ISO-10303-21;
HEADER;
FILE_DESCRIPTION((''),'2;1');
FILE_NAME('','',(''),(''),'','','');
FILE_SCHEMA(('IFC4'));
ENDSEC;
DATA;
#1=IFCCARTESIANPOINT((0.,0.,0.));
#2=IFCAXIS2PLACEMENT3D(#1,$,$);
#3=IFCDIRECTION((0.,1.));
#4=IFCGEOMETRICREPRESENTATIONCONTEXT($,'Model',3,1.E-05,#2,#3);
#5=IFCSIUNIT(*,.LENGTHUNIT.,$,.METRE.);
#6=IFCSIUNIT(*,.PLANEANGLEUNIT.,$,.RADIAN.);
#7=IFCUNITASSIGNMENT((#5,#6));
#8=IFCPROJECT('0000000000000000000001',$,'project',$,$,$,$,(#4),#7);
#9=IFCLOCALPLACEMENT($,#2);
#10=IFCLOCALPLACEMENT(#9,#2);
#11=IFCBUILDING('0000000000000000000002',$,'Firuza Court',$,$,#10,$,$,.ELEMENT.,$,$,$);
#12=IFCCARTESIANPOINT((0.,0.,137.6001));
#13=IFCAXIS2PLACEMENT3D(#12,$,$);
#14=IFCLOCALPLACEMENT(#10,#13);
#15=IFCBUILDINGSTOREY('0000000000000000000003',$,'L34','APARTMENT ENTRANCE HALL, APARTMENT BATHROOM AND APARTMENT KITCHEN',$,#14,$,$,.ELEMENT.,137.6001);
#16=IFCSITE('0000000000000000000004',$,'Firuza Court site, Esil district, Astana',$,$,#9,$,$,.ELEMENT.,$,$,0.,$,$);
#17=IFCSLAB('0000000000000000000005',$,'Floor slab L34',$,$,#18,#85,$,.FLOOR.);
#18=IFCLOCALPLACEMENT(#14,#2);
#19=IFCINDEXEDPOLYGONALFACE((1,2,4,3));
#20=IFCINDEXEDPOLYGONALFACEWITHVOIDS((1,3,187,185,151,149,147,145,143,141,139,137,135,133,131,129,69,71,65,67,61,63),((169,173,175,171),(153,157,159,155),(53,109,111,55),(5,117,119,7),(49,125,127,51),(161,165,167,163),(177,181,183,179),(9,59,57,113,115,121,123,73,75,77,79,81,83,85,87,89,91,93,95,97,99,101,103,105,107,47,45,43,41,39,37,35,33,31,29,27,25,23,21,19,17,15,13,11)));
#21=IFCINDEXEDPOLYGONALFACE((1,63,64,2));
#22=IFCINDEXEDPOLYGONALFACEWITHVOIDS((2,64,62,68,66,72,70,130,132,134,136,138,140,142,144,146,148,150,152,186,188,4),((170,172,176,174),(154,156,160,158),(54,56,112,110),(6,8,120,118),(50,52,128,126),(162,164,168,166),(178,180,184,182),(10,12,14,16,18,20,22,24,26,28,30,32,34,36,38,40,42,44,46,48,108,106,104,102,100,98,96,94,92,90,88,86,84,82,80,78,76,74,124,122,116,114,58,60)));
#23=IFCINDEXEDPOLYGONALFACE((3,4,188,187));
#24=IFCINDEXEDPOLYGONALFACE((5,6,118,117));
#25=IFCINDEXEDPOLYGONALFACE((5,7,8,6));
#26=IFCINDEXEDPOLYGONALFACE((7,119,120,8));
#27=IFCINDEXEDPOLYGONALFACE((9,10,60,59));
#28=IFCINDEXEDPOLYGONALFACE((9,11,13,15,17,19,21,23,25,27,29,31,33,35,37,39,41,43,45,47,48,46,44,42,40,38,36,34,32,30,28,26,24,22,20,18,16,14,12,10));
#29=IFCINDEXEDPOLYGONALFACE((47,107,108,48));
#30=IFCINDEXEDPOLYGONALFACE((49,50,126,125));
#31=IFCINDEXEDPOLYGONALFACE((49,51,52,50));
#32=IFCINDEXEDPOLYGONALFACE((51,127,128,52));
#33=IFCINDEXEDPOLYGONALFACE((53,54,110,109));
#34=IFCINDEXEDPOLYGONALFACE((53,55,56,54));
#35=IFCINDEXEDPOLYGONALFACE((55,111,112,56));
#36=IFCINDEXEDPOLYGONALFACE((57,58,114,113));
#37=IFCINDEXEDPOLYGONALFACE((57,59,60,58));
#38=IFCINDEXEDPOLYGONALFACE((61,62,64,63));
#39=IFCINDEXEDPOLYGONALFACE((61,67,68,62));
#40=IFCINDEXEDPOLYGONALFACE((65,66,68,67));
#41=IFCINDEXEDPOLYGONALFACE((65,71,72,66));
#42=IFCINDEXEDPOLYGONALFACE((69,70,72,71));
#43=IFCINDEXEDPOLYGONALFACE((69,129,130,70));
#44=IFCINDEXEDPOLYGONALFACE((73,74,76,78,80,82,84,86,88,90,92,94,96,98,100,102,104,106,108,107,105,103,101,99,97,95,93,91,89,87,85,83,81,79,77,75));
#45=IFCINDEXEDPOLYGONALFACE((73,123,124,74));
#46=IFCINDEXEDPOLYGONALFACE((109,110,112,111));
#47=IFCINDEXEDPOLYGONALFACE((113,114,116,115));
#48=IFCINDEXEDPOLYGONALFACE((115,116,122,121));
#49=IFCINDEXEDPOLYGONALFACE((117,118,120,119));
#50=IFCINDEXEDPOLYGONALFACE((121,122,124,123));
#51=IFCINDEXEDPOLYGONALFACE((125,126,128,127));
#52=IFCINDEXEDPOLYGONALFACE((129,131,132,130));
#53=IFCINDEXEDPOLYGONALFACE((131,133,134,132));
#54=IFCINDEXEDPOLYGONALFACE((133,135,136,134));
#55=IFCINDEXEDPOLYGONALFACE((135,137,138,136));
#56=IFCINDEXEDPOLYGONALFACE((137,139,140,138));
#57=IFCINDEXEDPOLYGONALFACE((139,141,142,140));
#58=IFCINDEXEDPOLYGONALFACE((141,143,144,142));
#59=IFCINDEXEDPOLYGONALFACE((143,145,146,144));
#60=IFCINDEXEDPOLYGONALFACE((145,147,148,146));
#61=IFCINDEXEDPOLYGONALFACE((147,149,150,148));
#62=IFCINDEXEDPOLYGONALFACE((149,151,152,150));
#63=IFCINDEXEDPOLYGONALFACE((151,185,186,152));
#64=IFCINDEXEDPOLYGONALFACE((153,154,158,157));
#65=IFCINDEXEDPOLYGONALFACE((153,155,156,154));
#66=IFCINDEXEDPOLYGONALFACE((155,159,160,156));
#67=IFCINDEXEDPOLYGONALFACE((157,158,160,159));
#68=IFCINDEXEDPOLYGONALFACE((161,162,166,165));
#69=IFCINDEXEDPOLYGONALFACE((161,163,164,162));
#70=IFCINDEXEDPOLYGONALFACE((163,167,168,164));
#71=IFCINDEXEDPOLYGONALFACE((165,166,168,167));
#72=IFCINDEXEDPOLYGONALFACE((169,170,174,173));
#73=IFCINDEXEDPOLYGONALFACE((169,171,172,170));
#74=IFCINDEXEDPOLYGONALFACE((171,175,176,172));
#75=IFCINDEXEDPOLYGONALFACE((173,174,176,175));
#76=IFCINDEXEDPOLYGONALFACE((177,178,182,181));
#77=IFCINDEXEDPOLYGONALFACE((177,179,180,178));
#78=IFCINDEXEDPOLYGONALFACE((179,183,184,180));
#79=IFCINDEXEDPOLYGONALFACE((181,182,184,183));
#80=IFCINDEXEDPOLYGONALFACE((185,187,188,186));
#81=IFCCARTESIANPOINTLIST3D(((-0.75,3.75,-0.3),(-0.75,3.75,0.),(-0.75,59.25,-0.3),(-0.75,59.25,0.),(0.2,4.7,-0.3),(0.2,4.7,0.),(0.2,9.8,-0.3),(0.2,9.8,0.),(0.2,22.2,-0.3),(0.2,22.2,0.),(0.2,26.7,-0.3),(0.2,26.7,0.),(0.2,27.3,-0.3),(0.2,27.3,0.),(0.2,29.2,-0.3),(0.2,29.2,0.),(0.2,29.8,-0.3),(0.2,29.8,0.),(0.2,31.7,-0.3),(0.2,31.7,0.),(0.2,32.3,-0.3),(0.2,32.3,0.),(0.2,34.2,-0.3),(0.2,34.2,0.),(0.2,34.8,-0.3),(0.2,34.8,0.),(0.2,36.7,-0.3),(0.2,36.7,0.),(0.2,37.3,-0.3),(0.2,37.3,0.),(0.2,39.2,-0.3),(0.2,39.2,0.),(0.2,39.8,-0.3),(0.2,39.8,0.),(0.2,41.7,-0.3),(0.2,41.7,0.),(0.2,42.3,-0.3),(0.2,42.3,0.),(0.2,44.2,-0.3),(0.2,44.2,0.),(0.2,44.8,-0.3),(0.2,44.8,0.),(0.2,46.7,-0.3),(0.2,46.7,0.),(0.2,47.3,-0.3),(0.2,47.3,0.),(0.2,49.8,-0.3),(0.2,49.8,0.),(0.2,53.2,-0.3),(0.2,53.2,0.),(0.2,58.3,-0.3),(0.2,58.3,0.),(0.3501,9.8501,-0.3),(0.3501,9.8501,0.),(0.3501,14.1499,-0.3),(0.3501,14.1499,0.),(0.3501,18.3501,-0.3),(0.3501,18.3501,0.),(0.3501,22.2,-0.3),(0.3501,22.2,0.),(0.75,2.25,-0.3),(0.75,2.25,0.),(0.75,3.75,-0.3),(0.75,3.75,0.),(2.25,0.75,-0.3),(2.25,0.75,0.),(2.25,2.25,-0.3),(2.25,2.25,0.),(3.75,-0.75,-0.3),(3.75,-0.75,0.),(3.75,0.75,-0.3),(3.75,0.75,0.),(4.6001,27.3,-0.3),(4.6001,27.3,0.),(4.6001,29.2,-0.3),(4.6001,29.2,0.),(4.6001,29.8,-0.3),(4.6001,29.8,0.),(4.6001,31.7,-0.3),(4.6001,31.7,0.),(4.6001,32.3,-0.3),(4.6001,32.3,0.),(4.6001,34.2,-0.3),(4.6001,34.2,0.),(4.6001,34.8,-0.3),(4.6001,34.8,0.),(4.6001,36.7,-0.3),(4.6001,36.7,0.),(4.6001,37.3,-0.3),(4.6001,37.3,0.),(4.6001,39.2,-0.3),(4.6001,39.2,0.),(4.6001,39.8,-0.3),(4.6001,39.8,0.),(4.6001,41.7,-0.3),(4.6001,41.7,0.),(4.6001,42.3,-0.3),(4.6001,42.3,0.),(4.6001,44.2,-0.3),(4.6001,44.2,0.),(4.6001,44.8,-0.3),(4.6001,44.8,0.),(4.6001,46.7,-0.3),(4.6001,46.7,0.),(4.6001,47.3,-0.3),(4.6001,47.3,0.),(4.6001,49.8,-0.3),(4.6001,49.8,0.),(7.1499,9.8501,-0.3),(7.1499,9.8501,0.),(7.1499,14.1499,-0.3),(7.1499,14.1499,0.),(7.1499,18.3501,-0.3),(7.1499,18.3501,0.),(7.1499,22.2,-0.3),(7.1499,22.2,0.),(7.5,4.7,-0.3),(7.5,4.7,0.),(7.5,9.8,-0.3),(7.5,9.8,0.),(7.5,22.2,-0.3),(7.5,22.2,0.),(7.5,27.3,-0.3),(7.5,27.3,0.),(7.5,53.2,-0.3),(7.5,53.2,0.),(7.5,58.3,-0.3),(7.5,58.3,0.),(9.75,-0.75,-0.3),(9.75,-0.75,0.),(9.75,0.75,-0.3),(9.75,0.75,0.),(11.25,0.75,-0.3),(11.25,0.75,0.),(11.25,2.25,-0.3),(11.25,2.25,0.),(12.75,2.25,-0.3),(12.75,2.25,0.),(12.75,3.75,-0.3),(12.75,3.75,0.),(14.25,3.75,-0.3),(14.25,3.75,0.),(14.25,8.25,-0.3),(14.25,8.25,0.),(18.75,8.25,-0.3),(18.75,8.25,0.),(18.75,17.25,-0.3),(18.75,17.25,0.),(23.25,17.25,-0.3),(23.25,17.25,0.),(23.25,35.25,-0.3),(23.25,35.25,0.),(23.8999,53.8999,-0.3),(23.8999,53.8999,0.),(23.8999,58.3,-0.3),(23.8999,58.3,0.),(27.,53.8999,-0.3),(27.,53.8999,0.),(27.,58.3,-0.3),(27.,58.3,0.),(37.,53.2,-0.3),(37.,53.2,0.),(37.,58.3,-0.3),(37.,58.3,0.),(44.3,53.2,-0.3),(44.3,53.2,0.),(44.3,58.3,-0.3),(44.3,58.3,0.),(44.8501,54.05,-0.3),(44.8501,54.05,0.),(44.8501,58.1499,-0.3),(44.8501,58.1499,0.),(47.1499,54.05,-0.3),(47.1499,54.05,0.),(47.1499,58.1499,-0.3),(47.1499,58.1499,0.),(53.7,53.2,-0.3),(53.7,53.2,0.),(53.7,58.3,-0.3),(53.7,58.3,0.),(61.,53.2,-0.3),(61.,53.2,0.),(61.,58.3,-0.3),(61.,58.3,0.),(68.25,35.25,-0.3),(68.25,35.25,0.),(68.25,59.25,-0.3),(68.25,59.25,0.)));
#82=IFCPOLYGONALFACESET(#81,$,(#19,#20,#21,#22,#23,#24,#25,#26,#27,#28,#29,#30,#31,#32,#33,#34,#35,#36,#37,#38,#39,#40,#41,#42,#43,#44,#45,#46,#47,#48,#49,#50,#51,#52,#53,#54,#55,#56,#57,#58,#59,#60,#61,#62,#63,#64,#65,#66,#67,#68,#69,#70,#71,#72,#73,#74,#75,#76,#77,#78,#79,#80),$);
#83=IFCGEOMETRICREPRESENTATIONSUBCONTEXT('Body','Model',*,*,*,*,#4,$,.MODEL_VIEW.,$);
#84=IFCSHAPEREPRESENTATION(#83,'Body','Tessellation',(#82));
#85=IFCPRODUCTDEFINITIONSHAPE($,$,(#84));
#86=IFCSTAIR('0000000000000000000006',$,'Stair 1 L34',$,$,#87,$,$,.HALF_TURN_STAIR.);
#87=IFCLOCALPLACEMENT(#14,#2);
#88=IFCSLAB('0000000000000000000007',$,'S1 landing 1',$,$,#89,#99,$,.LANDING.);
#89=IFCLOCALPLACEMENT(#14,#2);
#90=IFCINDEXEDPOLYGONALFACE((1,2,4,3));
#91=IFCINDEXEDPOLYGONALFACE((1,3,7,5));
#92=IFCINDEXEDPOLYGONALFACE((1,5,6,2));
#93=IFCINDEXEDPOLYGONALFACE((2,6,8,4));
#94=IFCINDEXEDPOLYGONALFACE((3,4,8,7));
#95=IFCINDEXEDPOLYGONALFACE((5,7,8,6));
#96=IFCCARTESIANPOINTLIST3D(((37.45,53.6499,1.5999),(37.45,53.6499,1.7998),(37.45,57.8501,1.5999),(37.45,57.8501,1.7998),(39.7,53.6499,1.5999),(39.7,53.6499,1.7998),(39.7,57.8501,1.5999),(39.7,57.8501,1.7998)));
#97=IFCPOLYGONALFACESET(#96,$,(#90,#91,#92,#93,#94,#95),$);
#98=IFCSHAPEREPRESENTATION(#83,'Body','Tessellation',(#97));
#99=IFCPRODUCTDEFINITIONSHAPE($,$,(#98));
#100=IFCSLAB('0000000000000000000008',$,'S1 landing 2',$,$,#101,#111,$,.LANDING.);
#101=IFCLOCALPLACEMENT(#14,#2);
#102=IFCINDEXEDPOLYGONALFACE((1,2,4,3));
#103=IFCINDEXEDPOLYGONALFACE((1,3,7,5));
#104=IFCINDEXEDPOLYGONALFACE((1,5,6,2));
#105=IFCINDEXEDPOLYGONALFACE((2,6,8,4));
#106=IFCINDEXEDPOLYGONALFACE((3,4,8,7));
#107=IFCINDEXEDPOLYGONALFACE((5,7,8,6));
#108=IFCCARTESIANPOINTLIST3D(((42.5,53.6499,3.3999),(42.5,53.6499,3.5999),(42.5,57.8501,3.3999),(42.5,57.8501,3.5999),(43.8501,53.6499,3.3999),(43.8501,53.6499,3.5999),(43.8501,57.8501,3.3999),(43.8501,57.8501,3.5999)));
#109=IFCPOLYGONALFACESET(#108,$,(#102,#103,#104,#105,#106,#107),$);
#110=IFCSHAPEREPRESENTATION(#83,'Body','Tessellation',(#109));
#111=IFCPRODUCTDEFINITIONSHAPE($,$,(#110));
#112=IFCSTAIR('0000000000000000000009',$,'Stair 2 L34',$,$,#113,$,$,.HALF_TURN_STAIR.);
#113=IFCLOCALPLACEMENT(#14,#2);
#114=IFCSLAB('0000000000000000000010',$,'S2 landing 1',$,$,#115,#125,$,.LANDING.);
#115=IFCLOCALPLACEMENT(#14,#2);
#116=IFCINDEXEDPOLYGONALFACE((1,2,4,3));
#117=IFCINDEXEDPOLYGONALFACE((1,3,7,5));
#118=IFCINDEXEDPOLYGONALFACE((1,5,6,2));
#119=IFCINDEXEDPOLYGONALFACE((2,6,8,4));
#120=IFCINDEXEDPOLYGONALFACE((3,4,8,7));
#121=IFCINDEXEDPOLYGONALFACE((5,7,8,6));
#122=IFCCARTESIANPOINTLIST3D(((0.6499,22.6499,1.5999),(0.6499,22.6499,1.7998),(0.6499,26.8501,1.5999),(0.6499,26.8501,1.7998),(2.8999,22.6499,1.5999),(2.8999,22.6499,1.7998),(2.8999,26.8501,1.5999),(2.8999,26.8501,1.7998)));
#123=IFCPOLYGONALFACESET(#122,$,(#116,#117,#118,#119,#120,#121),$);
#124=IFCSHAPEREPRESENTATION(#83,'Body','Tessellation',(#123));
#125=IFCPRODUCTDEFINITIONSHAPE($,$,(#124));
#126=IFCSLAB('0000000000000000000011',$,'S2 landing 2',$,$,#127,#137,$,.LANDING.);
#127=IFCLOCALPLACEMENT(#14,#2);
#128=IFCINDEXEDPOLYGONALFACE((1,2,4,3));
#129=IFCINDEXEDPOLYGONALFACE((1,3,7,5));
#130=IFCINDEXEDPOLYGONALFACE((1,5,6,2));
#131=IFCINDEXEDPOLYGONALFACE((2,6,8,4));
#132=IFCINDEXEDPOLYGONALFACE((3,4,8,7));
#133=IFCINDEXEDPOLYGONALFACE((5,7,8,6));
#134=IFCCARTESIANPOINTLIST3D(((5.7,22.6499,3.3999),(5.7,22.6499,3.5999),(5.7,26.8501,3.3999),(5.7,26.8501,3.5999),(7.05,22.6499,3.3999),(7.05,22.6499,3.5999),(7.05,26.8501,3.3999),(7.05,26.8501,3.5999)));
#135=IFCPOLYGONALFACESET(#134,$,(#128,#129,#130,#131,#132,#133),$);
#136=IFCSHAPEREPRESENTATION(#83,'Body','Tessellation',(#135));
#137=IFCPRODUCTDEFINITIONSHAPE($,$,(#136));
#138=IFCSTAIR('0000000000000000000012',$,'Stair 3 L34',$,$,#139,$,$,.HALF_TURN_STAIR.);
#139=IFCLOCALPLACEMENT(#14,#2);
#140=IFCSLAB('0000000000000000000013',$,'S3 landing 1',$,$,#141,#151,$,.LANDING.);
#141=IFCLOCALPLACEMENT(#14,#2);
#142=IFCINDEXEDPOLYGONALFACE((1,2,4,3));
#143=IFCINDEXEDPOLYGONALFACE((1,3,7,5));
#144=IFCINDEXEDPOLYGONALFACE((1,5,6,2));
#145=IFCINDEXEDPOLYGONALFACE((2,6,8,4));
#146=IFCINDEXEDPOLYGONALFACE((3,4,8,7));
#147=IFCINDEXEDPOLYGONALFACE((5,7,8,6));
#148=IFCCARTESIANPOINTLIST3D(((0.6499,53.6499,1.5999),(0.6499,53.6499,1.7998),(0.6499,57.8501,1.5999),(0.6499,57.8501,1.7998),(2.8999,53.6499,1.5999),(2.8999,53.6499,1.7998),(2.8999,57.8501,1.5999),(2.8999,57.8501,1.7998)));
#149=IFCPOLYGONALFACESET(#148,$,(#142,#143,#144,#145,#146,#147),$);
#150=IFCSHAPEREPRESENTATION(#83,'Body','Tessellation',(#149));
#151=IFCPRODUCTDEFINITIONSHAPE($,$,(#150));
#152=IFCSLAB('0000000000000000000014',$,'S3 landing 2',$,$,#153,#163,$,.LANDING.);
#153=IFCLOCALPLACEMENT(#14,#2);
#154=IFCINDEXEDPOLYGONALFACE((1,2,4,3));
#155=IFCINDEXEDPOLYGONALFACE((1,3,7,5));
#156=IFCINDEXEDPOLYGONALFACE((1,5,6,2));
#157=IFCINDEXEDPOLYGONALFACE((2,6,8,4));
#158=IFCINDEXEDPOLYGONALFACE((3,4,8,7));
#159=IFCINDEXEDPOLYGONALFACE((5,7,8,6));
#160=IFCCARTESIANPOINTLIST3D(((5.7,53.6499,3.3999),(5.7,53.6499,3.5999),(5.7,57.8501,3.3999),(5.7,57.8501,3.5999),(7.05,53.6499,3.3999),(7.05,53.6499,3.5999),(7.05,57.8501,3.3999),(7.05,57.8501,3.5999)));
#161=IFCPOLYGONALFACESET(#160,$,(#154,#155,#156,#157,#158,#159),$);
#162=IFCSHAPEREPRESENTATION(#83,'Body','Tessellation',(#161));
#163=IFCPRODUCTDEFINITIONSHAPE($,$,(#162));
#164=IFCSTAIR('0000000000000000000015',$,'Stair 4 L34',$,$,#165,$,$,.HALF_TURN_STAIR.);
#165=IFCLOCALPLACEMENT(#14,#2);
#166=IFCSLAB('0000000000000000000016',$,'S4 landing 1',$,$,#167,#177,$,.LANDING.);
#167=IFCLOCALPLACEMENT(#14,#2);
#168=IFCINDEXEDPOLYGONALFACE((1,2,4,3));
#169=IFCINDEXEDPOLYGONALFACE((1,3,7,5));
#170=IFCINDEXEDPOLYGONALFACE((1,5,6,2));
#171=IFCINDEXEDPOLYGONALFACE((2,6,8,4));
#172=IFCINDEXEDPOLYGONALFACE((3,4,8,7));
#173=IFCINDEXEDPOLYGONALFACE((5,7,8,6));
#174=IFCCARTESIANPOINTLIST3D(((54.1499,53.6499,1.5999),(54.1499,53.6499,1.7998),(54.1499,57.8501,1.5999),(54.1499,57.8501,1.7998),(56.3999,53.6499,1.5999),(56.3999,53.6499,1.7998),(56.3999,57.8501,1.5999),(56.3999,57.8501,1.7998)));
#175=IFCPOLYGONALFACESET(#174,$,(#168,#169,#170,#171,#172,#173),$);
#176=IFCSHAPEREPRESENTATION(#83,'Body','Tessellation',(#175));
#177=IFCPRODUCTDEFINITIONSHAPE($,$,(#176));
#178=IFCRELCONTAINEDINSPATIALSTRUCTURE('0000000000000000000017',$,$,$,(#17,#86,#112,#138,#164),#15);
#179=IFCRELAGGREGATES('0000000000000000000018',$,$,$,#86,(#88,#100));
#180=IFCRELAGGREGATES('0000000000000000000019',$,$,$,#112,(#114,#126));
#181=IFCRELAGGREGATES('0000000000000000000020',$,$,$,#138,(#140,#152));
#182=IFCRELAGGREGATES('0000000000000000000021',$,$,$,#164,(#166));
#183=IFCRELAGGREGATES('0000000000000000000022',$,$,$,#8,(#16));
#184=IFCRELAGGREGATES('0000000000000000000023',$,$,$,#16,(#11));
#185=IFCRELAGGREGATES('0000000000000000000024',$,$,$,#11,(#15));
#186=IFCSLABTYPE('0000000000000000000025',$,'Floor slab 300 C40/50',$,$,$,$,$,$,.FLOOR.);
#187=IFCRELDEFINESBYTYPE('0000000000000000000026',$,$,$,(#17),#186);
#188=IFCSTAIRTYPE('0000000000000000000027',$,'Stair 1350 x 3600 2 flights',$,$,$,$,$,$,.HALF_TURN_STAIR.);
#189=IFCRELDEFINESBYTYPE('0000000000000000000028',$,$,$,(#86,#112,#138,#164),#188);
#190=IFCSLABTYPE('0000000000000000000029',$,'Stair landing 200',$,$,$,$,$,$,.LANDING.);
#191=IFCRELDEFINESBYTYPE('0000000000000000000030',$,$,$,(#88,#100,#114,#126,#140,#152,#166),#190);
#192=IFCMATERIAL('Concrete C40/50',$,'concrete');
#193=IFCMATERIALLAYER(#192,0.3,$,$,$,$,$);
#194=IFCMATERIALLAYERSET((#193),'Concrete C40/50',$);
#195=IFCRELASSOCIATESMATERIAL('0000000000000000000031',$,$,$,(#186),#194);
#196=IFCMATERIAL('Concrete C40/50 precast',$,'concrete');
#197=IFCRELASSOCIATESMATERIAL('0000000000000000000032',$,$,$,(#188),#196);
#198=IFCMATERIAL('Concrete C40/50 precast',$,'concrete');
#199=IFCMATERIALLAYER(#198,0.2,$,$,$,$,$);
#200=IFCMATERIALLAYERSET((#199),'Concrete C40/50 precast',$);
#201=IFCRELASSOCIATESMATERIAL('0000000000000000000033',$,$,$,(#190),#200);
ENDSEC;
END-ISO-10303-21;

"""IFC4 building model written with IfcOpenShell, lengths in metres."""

from ifc_helpers import new_model, si_unit, direction, frame, origin, place, context, subcontext, project, spatial, polyline, outline, extrude, material, layer, layer_set, type_object, element, aggregate, save


model = new_model("IFC4")

# Units and contexts
model_context = context("Model", 3, precision=1e-05, world=origin(), true_north=direction((0.0, 1.0)))
body_context = subcontext(model_context, "Body", "Model", "MODEL_VIEW")
ifc_project = project(units=[si_unit("LENGTHUNIT", "METRE"), si_unit("PLANEANGLEUNIT", "RADIAN")], contexts=[model_context])

# Site, building, storey
site_placement = place(None, origin())
site = spatial("IfcSite", under=ifc_project, at=site_placement, Name="Firuza Court site, Esil district, Astana", CompositionType="ELEMENT", RefElevation=0.0)
building_placement = place(site_placement, origin())
building = spatial("IfcBuilding", under=site, at=building_placement, Name="Firuza Court", CompositionType="ELEMENT")
storey_placement = place(building_placement, frame((0.0, 0.0, 137.6001)))
storey = spatial("IfcBuildingStorey", under=building, at=storey_placement, Name="L34", Description="APARTMENT ENTRANCE HALL, APARTMENT BATHROOM AND APARTMENT KITCHEN", CompositionType="ELEMENT", Elevation=137.6001)

# Slab
ifc_material_1 = material(Name="Concrete C40/50", Category="concrete")
ifc_layer_1 = layer(ifc_material_1, 0.3)
ifc_layer_set_1 = layer_set([ifc_layer_1], Name="Concrete C40/50")
slab_type_1 = type_object("IfcSlabType", Name="Floor slab 300 C40/50", PredefinedType="FLOOR", material=ifc_layer_set_1)
slab_1_placement = place(storey_placement, frame((0.0, 0.0, -0.3)))
element("IfcSlab", 1, at=slab_1_placement, inside=storey, type_object=slab_type_1, Name="Floor slab L34", PredefinedType="FLOOR", context=body_context, shape_type="SweptSolid", body=[
    extrude(outline(polyline([(3.75, -0.75), (3.75, 0.75), (2.25, 0.75), (2.25, 2.25), (0.75, 2.25), (0.75, 3.75), (-0.75, 3.75), (-0.75, 59.25), (68.25, 59.25), (68.25, 35.25), (23.25, 35.25), (23.25, 17.25), (18.75, 17.25), (18.75, 8.25), (14.25, 8.25), (14.25, 3.75), (12.75, 3.75), (12.75, 2.25), (11.25, 2.25), (11.25, 0.75), (9.75, 0.75), (9.75, -0.75), (3.75, -0.75)]), holes=[polyline([(0.2, 29.8), (0.2, 29.2), (0.2, 27.3), (0.2, 26.7), (0.2, 22.2), (0.3501, 22.2), (0.3501, 18.3501), (7.1499, 18.3501), (7.1499, 22.2), (7.5, 22.2), (7.5, 27.3), (4.6001, 27.3), (4.6001, 29.2), (4.6001, 29.8), (4.6001, 31.7), (4.6001, 32.3), (4.6001, 34.2), (4.6001, 34.8), (4.6001, 36.7), (4.6001, 37.3), (4.6001, 39.2), (4.6001, 39.8), (4.6001, 41.7), (4.6001, 42.3), (4.6001, 44.2), (4.6001, 44.8), (4.6001, 46.7), (4.6001, 47.3), (4.6001, 49.8), (0.2, 49.8), (0.2, 47.3), (0.2, 46.7), (0.2, 44.8), (0.2, 44.2), (0.2, 42.3), (0.2, 41.7), (0.2, 39.8), (0.2, 39.2), (0.2, 37.3), (0.2, 36.7), (0.2, 34.8), (0.2, 34.2), (0.2, 32.3), (0.2, 31.7), (0.2, 29.8)]), polyline([(7.5, 9.8), (0.2, 9.8), (0.2, 4.7), (7.5, 4.7), (7.5, 9.8)]), polyline([(7.1499, 14.1499), (0.3501, 14.1499), (0.3501, 9.8501), (7.1499, 9.8501), (7.1499, 14.1499)]), polyline([(7.5, 58.3), (0.2, 58.3), (0.2, 53.2), (7.5, 53.2), (7.5, 58.3)]), polyline([(44.3, 58.3), (37.0, 58.3), (37.0, 53.2), (44.3, 53.2), (44.3, 58.3)]), polyline([(61.0, 58.3), (53.7, 58.3), (53.7, 53.2), (61.0, 53.2), (61.0, 58.3)]), polyline([(27.0, 53.8999), (27.0, 58.3), (23.8999, 58.3), (23.8999, 53.8999), (27.0, 53.8999)]), polyline([(47.1499, 54.05), (47.1499, 58.1499), (44.8501, 58.1499), (44.8501, 54.05), (47.1499, 54.05)])]), origin(), (0.0, 0.0, 1.0), 0.3),
])

# Stairs, slabs
ifc_material_2 = material(Name="Concrete C40/50 precast", Category="concrete")
stair_type = type_object("IfcStairType", Name="Stair 1350 x 3600 2 flights", PredefinedType="HALF_TURN_STAIR", material=ifc_material_2)
stair_1_placement = place(storey_placement, origin())
stair_1 = element("IfcStair", 2, at=stair_1_placement, inside=storey, type_object=stair_type, Name="Stair 1 L34", PredefinedType="HALF_TURN_STAIR")
ifc_material_3 = material(Name="Concrete C40/50 precast", Category="concrete")
ifc_layer_2 = layer(ifc_material_3, 0.2)
ifc_layer_set_2 = layer_set([ifc_layer_2], Name="Concrete C40/50 precast")
slab_type_2 = type_object("IfcSlabType", Name="Stair landing 200", PredefinedType="LANDING", material=ifc_layer_set_2)
slab_2_placement = place(storey_placement, frame((0.0, 0.0, 1.5999)))
slab_2 = element("IfcSlab", 3, at=slab_2_placement, type_object=slab_type_2, Name="S1 landing 1", PredefinedType="LANDING", context=body_context, shape_type="SweptSolid", body=[
    extrude(outline(polyline([(39.7, 53.6499), (39.7, 57.8501), (37.45, 57.8501), (37.45, 53.6499), (39.7, 53.6499)])), origin(), (0.0, 0.0, 1.0), 0.2),
])
slab_3_placement = place(storey_placement, frame((0.0, 0.0, 3.3999)))
slab_3 = element("IfcSlab", 4, at=slab_3_placement, type_object=slab_type_2, Name="S1 landing 2", PredefinedType="LANDING", context=body_context, shape_type="SweptSolid", body=[
    extrude(outline(polyline([(43.8501, 53.6499), (43.8501, 57.8501), (42.5, 57.8501), (42.5, 53.6499), (43.8501, 53.6499)])), origin(), (0.0, 0.0, 1.0), 0.2),
])
aggregate(stair_1, [slab_2, slab_3])
stair_2_placement = place(storey_placement, origin())
stair_2 = element("IfcStair", 5, at=stair_2_placement, inside=storey, type_object=stair_type, Name="Stair 2 L34", PredefinedType="HALF_TURN_STAIR")
slab_4_placement = place(storey_placement, frame((0.0, 0.0, 1.5999)))
slab_4 = element("IfcSlab", 6, at=slab_4_placement, type_object=slab_type_2, Name="S2 landing 1", PredefinedType="LANDING", context=body_context, shape_type="SweptSolid", body=[
    extrude(outline(polyline([(2.8999, 22.6499), (2.8999, 26.8501), (0.6499, 26.8501), (0.6499, 22.6499), (2.8999, 22.6499)])), origin(), (0.0, 0.0, 1.0), 0.2),
])
slab_5_placement = place(storey_placement, frame((0.0, 0.0, 3.3999)))
slab_5 = element("IfcSlab", 7, at=slab_5_placement, type_object=slab_type_2, Name="S2 landing 2", PredefinedType="LANDING", context=body_context, shape_type="SweptSolid", body=[
    extrude(outline(polyline([(7.05, 22.6499), (7.05, 26.8501), (5.7, 26.8501), (5.7, 22.6499), (7.05, 22.6499)])), origin(), (0.0, 0.0, 1.0), 0.2),
])
aggregate(stair_2, [slab_4, slab_5])
stair_3_placement = place(storey_placement, origin())
stair_3 = element("IfcStair", 8, at=stair_3_placement, inside=storey, type_object=stair_type, Name="Stair 3 L34", PredefinedType="HALF_TURN_STAIR")
slab_6_placement = place(storey_placement, frame((0.0, 0.0, 1.5999)))
slab_6 = element("IfcSlab", 9, at=slab_6_placement, type_object=slab_type_2, Name="S3 landing 1", PredefinedType="LANDING", context=body_context, shape_type="SweptSolid", body=[
    extrude(outline(polyline([(2.8999, 53.6499), (2.8999, 57.8501), (0.6499, 57.8501), (0.6499, 53.6499), (2.8999, 53.6499)])), origin(), (0.0, 0.0, 1.0), 0.2),
])
slab_7_placement = place(storey_placement, frame((0.0, 0.0, 3.3999)))
slab_7 = element("IfcSlab", 10, at=slab_7_placement, type_object=slab_type_2, Name="S3 landing 2", PredefinedType="LANDING", context=body_context, shape_type="SweptSolid", body=[
    extrude(outline(polyline([(7.05, 53.6499), (7.05, 57.8501), (5.7, 57.8501), (5.7, 53.6499), (7.05, 53.6499)])), origin(), (0.0, 0.0, 1.0), 0.2),
])
aggregate(stair_3, [slab_6, slab_7])
stair_4_placement = place(storey_placement, origin())
stair_4 = element("IfcStair", 11, at=stair_4_placement, inside=storey, type_object=stair_type, Name="Stair 4 L34", PredefinedType="HALF_TURN_STAIR")
slab_8_placement = place(storey_placement, frame((0.0, 0.0, 1.5999)))
slab_8 = element("IfcSlab", 12, at=slab_8_placement, type_object=slab_type_2, Name="S4 landing 1", PredefinedType="LANDING", context=body_context, shape_type="SweptSolid", body=[
    extrude(outline(polyline([(56.3999, 53.6499), (56.3999, 57.8501), (54.1499, 57.8501), (54.1499, 53.6499), (56.3999, 53.6499)])), origin(), (0.0, 0.0, 1.0), 0.2),
])
aggregate(stair_4, [slab_8])

save(model, "model.ifc")
